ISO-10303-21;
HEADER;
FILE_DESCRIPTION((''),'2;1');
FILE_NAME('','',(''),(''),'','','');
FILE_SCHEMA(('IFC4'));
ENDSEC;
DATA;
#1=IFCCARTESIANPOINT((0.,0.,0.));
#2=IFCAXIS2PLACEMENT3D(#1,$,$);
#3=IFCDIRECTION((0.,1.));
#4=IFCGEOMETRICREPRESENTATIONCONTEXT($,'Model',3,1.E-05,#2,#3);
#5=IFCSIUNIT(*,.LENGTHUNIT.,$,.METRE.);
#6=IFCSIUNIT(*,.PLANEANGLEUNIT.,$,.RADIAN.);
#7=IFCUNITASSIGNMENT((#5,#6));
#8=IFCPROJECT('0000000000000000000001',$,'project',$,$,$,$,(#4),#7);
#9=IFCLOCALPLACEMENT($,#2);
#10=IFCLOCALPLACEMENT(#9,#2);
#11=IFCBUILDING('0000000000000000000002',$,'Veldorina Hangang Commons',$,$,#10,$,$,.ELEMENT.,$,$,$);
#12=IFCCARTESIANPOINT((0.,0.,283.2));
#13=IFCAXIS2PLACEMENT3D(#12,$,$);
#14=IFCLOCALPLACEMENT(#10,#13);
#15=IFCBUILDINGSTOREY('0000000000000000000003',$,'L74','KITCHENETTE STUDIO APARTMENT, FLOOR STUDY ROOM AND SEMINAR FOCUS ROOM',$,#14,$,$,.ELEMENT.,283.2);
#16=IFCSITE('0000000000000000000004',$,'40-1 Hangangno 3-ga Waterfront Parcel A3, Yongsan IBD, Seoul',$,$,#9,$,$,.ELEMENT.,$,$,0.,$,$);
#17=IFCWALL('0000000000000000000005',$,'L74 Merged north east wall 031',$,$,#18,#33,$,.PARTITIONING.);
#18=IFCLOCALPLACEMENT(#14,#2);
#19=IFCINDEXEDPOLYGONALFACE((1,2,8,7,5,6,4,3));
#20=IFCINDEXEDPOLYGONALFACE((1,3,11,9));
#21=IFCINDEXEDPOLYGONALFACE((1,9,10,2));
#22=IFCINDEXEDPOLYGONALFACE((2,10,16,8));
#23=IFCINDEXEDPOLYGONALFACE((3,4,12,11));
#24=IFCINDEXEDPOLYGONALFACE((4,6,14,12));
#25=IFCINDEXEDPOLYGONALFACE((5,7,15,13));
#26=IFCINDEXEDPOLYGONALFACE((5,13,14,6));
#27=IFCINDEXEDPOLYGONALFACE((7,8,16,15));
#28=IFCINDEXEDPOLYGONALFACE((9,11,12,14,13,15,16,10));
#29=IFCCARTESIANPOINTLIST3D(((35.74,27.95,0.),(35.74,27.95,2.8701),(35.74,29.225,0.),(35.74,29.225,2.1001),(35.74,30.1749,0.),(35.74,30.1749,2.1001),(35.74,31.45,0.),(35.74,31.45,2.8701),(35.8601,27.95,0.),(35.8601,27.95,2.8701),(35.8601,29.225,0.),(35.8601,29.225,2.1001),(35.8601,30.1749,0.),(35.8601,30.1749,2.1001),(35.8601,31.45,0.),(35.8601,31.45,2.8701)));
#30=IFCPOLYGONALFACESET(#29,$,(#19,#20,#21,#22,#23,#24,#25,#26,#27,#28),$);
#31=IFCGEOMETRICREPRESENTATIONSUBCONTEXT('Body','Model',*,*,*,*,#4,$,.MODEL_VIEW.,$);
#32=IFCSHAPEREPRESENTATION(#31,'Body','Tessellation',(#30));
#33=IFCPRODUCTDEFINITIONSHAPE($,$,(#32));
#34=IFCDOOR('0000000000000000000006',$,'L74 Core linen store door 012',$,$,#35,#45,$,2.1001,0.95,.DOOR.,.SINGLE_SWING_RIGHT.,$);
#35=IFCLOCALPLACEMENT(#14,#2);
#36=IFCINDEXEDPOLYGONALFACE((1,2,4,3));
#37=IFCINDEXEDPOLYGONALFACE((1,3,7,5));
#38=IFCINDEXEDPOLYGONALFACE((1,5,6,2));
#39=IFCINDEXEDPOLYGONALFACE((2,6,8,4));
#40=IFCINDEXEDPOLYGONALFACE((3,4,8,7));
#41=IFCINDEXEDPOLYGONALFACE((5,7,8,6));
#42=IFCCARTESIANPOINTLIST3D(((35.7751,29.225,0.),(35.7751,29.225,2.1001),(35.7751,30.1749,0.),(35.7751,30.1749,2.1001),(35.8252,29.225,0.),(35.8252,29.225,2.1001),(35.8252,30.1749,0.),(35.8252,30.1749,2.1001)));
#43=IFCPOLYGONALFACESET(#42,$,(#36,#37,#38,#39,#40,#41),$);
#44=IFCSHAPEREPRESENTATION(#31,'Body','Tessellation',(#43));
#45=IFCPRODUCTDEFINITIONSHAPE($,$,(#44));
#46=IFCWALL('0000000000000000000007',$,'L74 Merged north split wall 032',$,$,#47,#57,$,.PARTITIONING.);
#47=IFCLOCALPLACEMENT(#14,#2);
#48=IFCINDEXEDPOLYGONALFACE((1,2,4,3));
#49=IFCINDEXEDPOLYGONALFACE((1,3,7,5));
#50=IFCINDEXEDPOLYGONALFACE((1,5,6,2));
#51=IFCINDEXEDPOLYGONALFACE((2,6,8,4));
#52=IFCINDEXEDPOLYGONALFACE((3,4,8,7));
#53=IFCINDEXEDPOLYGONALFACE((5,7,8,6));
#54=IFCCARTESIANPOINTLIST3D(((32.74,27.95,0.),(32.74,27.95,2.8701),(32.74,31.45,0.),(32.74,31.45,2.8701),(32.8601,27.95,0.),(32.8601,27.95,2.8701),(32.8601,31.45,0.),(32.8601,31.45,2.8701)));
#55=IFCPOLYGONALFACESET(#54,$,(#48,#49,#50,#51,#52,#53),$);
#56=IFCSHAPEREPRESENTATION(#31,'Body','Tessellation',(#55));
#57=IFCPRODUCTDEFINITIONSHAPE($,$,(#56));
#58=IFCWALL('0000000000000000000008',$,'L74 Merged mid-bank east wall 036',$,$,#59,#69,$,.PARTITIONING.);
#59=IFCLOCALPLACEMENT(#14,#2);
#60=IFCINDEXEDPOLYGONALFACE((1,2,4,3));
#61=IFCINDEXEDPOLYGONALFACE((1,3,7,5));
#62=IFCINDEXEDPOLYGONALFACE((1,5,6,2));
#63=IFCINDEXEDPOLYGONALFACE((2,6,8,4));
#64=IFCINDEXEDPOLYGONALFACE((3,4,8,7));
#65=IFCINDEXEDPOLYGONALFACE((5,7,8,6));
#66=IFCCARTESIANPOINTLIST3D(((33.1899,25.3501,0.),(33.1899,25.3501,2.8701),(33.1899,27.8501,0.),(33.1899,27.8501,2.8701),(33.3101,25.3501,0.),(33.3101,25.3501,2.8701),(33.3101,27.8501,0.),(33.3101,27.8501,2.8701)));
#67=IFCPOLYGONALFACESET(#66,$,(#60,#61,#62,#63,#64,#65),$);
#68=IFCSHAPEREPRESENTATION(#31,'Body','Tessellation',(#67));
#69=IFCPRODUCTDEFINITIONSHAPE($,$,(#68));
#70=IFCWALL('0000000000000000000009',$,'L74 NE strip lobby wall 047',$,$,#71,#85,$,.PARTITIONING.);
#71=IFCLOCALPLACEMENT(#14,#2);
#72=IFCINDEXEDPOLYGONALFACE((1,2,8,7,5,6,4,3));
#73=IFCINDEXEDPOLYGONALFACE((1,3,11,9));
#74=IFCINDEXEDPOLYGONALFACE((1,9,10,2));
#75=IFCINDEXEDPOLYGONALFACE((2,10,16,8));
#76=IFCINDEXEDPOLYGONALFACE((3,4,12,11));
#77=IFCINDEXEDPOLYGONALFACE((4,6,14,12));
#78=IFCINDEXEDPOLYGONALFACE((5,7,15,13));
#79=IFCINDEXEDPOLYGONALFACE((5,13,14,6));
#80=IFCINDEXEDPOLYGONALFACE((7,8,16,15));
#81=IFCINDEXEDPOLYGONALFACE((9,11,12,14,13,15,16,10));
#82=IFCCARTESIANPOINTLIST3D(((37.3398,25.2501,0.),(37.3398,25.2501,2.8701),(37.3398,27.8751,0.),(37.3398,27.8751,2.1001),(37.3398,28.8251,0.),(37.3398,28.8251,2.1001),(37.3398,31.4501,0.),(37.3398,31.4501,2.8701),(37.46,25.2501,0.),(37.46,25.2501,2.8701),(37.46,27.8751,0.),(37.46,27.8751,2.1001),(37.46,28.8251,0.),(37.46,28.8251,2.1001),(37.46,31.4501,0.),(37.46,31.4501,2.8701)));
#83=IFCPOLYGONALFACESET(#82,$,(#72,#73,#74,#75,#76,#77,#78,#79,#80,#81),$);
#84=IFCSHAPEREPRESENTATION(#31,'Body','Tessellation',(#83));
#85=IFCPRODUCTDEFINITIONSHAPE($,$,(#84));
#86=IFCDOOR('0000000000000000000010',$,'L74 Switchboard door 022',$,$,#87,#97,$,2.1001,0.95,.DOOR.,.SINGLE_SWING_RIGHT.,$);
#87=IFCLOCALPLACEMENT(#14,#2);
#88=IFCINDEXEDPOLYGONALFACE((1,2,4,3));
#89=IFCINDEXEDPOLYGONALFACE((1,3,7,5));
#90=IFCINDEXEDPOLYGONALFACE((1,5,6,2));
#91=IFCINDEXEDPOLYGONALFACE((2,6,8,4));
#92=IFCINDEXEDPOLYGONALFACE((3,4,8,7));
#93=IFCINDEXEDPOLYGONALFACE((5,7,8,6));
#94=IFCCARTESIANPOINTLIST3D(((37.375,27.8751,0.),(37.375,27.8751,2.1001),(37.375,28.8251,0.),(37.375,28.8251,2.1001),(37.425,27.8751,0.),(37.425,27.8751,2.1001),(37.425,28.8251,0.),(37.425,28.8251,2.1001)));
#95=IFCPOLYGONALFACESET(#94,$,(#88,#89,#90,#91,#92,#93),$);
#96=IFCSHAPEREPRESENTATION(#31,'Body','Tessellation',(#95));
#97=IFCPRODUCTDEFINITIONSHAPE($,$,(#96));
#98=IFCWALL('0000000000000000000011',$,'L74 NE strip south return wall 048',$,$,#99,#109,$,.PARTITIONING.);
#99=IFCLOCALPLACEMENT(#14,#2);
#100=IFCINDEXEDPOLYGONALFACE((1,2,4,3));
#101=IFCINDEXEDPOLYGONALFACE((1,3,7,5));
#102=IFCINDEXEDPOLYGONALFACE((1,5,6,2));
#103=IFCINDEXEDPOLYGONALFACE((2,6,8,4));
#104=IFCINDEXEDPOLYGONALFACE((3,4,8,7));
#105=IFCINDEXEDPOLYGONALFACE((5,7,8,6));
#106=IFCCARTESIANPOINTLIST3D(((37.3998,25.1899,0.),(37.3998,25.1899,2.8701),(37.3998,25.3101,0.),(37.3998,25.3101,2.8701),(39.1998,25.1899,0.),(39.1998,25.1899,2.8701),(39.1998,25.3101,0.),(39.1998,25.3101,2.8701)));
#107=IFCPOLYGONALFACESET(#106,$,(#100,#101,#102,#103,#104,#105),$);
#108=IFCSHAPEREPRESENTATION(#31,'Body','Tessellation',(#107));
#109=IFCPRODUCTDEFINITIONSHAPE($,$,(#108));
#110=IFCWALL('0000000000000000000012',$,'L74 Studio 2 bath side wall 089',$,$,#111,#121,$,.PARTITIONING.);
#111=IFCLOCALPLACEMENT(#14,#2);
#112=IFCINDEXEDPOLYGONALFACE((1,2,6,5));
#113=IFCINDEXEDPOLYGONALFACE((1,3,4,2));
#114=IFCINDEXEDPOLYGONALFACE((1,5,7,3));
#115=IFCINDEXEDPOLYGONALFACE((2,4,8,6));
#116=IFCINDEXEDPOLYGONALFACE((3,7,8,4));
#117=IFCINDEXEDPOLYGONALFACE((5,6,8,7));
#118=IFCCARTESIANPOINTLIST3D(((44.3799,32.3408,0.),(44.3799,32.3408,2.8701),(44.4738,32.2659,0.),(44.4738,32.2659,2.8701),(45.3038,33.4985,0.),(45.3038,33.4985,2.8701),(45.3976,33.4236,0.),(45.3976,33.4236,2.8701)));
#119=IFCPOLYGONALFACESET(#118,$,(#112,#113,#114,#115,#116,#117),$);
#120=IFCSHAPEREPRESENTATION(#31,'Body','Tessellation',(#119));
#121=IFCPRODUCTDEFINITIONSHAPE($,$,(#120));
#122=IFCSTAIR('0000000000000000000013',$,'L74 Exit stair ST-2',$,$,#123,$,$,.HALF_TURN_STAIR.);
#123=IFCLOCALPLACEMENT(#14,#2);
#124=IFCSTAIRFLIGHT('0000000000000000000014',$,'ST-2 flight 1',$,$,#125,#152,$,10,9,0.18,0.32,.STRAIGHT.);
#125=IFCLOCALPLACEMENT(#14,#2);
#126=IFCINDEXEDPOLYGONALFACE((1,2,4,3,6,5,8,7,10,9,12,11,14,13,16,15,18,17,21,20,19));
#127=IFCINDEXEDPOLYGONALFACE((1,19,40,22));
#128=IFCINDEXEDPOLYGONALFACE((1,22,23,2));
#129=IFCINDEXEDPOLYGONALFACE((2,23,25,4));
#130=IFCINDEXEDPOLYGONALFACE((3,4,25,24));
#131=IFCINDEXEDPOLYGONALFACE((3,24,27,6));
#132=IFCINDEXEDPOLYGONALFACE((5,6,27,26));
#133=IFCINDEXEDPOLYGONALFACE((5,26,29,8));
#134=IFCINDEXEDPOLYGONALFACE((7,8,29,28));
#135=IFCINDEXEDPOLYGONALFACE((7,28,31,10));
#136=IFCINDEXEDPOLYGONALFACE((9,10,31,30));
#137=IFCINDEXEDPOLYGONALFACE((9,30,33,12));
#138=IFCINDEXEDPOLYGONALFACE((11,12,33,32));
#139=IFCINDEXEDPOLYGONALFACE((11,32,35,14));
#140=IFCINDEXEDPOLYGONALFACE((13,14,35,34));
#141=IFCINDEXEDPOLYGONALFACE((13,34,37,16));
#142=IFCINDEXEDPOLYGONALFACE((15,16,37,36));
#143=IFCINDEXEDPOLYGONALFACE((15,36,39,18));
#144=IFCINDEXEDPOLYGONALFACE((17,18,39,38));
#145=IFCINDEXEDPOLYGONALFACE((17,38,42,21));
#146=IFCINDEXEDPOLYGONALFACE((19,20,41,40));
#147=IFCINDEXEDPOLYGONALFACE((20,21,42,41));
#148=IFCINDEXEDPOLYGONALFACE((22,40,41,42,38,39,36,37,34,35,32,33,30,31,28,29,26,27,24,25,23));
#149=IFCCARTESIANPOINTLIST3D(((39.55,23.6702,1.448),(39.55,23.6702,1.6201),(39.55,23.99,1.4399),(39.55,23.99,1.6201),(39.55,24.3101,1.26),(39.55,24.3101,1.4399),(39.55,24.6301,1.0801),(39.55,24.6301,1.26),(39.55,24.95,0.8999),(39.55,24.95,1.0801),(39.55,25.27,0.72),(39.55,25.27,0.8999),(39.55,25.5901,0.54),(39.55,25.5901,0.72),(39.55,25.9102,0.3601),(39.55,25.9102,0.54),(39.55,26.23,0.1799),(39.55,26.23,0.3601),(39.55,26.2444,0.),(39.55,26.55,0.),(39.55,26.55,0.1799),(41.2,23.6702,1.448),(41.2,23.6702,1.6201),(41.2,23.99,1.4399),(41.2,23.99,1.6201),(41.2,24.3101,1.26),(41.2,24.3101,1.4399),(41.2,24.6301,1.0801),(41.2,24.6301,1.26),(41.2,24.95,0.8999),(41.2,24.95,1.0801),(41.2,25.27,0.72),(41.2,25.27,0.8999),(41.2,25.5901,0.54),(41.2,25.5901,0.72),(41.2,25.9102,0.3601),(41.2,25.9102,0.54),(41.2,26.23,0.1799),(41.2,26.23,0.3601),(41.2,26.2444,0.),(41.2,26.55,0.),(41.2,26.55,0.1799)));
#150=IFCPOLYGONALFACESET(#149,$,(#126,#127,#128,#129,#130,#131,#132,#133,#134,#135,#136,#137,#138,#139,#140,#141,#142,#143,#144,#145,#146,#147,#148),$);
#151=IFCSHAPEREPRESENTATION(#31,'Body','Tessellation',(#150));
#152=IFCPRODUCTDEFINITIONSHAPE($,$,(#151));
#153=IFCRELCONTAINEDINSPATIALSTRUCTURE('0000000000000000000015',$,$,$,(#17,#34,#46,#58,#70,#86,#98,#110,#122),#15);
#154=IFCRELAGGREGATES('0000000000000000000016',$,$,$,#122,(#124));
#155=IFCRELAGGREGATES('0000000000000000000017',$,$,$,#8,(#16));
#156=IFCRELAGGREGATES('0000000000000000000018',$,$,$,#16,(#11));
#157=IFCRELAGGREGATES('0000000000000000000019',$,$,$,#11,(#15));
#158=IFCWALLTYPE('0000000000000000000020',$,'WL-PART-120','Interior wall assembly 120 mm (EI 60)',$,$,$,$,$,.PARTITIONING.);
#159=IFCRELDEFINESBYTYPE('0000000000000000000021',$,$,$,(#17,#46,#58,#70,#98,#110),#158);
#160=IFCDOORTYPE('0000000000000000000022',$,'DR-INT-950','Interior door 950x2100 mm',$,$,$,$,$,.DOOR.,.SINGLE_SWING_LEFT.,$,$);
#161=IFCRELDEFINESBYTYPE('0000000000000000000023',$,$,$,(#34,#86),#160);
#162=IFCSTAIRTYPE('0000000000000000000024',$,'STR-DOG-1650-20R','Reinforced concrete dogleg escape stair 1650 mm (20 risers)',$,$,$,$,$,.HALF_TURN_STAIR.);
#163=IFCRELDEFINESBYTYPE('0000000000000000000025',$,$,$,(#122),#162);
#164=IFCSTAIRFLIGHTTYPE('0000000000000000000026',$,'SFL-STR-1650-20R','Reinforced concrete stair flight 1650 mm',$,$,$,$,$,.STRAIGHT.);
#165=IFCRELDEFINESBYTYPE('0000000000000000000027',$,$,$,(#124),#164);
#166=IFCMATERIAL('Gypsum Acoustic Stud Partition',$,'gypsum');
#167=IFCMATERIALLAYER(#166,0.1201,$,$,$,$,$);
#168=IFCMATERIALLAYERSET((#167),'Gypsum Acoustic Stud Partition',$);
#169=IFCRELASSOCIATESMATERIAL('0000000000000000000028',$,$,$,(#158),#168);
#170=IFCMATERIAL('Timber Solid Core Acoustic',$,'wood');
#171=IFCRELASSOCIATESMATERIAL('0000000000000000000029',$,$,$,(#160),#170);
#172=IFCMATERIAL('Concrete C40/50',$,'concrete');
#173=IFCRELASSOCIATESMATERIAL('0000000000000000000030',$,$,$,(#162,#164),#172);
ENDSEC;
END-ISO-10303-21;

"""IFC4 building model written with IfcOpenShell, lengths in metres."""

from ifc_helpers import new_model, si_unit, direction, frame, frame_2d, origin, place, context, subcontext, project, spatial, polyline, rectangle, outline, extrude, material, layer, layer_set, type_object, element, fill, aggregate, save


model = new_model("IFC4")

# Units and contexts
model_context = context("Model", 3, precision=1e-05, world=origin(), true_north=direction((0.0, 1.0)))
body_context = subcontext(model_context, "Body", "Model", "MODEL_VIEW")
ifc_project = project(units=[si_unit("LENGTHUNIT", "METRE"), si_unit("PLANEANGLEUNIT", "RADIAN")], contexts=[model_context])

# Site, building, storey
site_placement = place(None, origin())
site = spatial("IfcSite", under=ifc_project, at=site_placement, Name="40-1 Hangangno 3-ga Waterfront Parcel A3, Yongsan IBD, Seoul", CompositionType="ELEMENT", RefElevation=0.0)
building_placement = place(site_placement, origin())
building = spatial("IfcBuilding", under=site, at=building_placement, Name="Veldorina Hangang Commons", CompositionType="ELEMENT")
storey_placement = place(building_placement, frame((0.0, 0.0, 283.2)))
storey = spatial("IfcBuildingStorey", under=building, at=storey_placement, Name="L74", Description="KITCHENETTE STUDIO APARTMENT, FLOOR STUDY ROOM AND SEMINAR FOCUS ROOM", CompositionType="ELEMENT", Elevation=283.2)

# Wall, opening, door
ifc_material_1 = material(Name="Gypsum Acoustic Stud Partition", Category="gypsum")
ifc_layer_1 = layer(ifc_material_1, 0.1201)
ifc_layer_set_1 = layer_set([ifc_layer_1], Name="Gypsum Acoustic Stud Partition")
wall_type_1 = type_object("IfcWallType", Name="WL-PART-120", Description="Interior wall assembly 120 mm (EI 60)", PredefinedType="PARTITIONING", material=ifc_layer_set_1)
wall_1_placement = place(storey_placement, frame((35.8, 27.95, 0.0), z_axis=(0.0, 0.0, 1.0), x_axis=(0.0, 1.0, 0.0)))
wall_1 = element("IfcWall", 1, at=wall_1_placement, inside=storey, type_object=wall_type_1, Name="L74 Merged north east wall 031", PredefinedType="PARTITIONING", context=body_context, shape_type="SweptSolid", body=[
    extrude(rectangle(XDim=3.5, YDim=0.1201, at=frame_2d((1.75, 0.0))), origin(), (0.0, 0.0, 1.0), 2.8701),
])
opening_1_placement = place(wall_1_placement, frame((1.2749, 0.0, 0.0)))
opening_1 = element("IfcOpeningElement", 2, at=opening_1_placement, cuts=wall_1, PredefinedType="OPENING", context=body_context, shape_type="SweptSolid", body=[
    extrude(rectangle(XDim=0.95, YDim=2.1001, at=frame_2d((0.4751, 1.05))), frame((0.0, 0.0701, 0.0), z_axis=(0.0, -1.0, 0.0), x_axis=(1.0, 0.0, 0.0)), (0.0, 0.0, 1.0), 0.1401),
])
ifc_material_2 = material(Name="Timber Solid Core Acoustic", Category="wood")
door_type_1 = type_object("IfcDoorType", Name="DR-INT-950", Description="Interior door 950x2100 mm", OperationType="SINGLE_SWING_LEFT", PredefinedType="DOOR", material=ifc_material_2)
door_1_placement = place(opening_1_placement, origin())
door_1 = element("IfcDoor", 3, at=door_1_placement, inside=storey, type_object=door_type_1, Name="L74 Core linen store door 012", OperationType="SINGLE_SWING_RIGHT", OverallHeight=2.1001, OverallWidth=0.95, PredefinedType="DOOR", context=body_context, shape_type="SweptSolid", body=[
    extrude(rectangle(XDim=0.95, YDim=2.1001, at=frame_2d((0.4751, 1.05))), frame((0.0, 0.0249, 0.0), z_axis=(0.0, -1.0, 0.0), x_axis=(1.0, 0.0, 0.0)), (0.0, 0.0, 1.0), 0.05),
])
fill(opening_1, door_1)

# Walls
wall_2_placement = place(storey_placement, frame((32.8, 27.95, 0.0), z_axis=(0.0, 0.0, 1.0), x_axis=(0.0, 1.0, 0.0)))
element("IfcWall", 4, at=wall_2_placement, inside=storey, type_object=wall_type_1, Name="L74 Merged north split wall 032", PredefinedType="PARTITIONING", context=body_context, shape_type="SweptSolid", body=[
    extrude(rectangle(XDim=3.5, YDim=0.1201, at=frame_2d((1.75, 0.0))), origin(), (0.0, 0.0, 1.0), 2.8701),
])
wall_3_placement = place(storey_placement, frame((33.25, 25.3501, 0.0), z_axis=(0.0, 0.0, 1.0), x_axis=(0.0, 1.0, 0.0)))
element("IfcWall", 5, at=wall_3_placement, inside=storey, type_object=wall_type_1, Name="L74 Merged mid-bank east wall 036", PredefinedType="PARTITIONING", context=body_context, shape_type="SweptSolid", body=[
    extrude(rectangle(XDim=2.5, YDim=0.1201, at=frame_2d((1.25, 0.0))), origin(), (0.0, 0.0, 1.0), 2.8701),
])

# Wall, opening, door
wall_4_placement = place(storey_placement, frame((37.3999, 25.25, 0.0), z_axis=(0.0, 0.0, 1.0), x_axis=(0.0, 1.0, 0.0)))
wall_4 = element("IfcWall", 6, at=wall_4_placement, inside=storey, type_object=wall_type_1, Name="L74 NE strip lobby wall 047", PredefinedType="PARTITIONING", context=body_context, shape_type="SweptSolid", body=[
    extrude(rectangle(XDim=6.2, YDim=0.1201, at=frame_2d((3.1001, 0.0))), origin(), (0.0, 0.0, 1.0), 2.8701),
])
opening_2_placement = place(wall_4_placement, frame((2.625, 0.0, 0.0)))
opening_2 = element("IfcOpeningElement", 7, at=opening_2_placement, cuts=wall_4, PredefinedType="OPENING", context=body_context, shape_type="SweptSolid", body=[
    extrude(rectangle(XDim=0.95, YDim=2.1001, at=frame_2d((0.4751, 1.05))), frame((0.0, 0.0701, 0.0), z_axis=(0.0, -1.0, 0.0), x_axis=(1.0, 0.0, 0.0)), (0.0, 0.0, 1.0), 0.1401),
])
door_2_placement = place(opening_2_placement, origin())
door_2 = element("IfcDoor", 8, at=door_2_placement, inside=storey, type_object=door_type_1, Name="L74 Switchboard door 022", OperationType="SINGLE_SWING_RIGHT", OverallHeight=2.1001, OverallWidth=0.95, PredefinedType="DOOR", context=body_context, shape_type="SweptSolid", body=[
    extrude(rectangle(XDim=0.95, YDim=2.1001, at=frame_2d((0.4751, 1.05))), frame((0.0, 0.0249, 0.0), z_axis=(0.0, -1.0, 0.0), x_axis=(1.0, 0.0, 0.0)), (0.0, 0.0, 1.0), 0.05),
])
fill(opening_2, door_2)

# Walls
wall_5_placement = place(storey_placement, frame((37.3999, 25.25, 0.0), z_axis=(0.0, 0.0, 1.0), x_axis=(1.0, 0.0, 0.0)))
element("IfcWall", 9, at=wall_5_placement, inside=storey, type_object=wall_type_1, Name="L74 NE strip south return wall 048", PredefinedType="PARTITIONING", context=body_context, shape_type="SweptSolid", body=[
    extrude(rectangle(XDim=1.8, YDim=0.1201, at=frame_2d((0.8999, 0.0))), origin(), (0.0, 0.0, 1.0), 2.8701),
])
wall_6_placement = place(storey_placement, frame((44.4268, 32.3032, 0.0), z_axis=(0.0, 0.0, 1.0), x_axis=(0.62373, 0.78164, 0.0)))
element("IfcWall", 10, at=wall_6_placement, inside=storey, type_object=wall_type_1, Name="L74 Studio 2 bath side wall 089", PredefinedType="PARTITIONING", context=body_context, shape_type="SweptSolid", body=[
    extrude(rectangle(XDim=1.4812, YDim=0.1201, at=frame_2d((0.7407, 0.0))), origin(), (0.0, 0.0, 1.0), 2.8701),
])

# Stair, stair flight
ifc_material_3 = material(Name="Concrete C40/50", Category="concrete")
stair_type = type_object("IfcStairType", Name="STR-DOG-1650-20R", Description="Reinforced concrete dogleg escape stair 1650 mm (20 risers)", PredefinedType="HALF_TURN_STAIR", material=ifc_material_3)
stair_placement = place(storey_placement, origin())
stair = element("IfcStair", 11, at=stair_placement, inside=storey, type_object=stair_type, Name="L74 Exit stair ST-2", PredefinedType="HALF_TURN_STAIR")
stair_flight_type = type_object("IfcStairFlightType", Name="SFL-STR-1650-20R", Description="Reinforced concrete stair flight 1650 mm", PredefinedType="STRAIGHT", material=ifc_material_3)
stair_flight_placement = place(storey_placement, frame((40.375, 26.55, 0.0), z_axis=(0.0, 0.0, 1.0), x_axis=(0.0, -1.0, 0.0)))
stair_flight = element("IfcStairFlight", 12, at=stair_flight_placement, type_object=stair_flight_type, Name="ST-2 flight 1", NumberOfRisers=10, NumberOfTreads=9, PredefinedType="STRAIGHT", RiserHeight=0.18, TreadLength=0.32, context=body_context, shape_type="SweptSolid", body=[
    extrude(outline(polyline([(0.0, 0.0), (0.0, 0.1799), (0.3201, 0.1799), (0.3201, 0.3601), (0.6399, 0.3601), (0.6399, 0.54), (0.96, 0.54), (0.96, 0.72), (1.28, 0.72), (1.28, 0.8999), (1.6001, 0.8999), (1.6001, 1.0801), (1.9199, 1.0801), (1.9199, 1.26), (2.24, 1.26), (2.24, 1.4399), (2.5601, 1.4399), (2.5601, 1.6201), (2.8799, 1.6201), (2.8799, 1.8), (2.8799, 1.448), (0.3057, 0.0), (0.0, 0.0)])), frame((0.0, 0.825, 0.0), z_axis=(0.0, -1.0, 0.0), x_axis=(1.0, 0.0, 0.0)), (0.0, 0.0, 1.0), 1.6499),
])
aggregate(stair, [stair_flight])

save(model, "model.ifc")
